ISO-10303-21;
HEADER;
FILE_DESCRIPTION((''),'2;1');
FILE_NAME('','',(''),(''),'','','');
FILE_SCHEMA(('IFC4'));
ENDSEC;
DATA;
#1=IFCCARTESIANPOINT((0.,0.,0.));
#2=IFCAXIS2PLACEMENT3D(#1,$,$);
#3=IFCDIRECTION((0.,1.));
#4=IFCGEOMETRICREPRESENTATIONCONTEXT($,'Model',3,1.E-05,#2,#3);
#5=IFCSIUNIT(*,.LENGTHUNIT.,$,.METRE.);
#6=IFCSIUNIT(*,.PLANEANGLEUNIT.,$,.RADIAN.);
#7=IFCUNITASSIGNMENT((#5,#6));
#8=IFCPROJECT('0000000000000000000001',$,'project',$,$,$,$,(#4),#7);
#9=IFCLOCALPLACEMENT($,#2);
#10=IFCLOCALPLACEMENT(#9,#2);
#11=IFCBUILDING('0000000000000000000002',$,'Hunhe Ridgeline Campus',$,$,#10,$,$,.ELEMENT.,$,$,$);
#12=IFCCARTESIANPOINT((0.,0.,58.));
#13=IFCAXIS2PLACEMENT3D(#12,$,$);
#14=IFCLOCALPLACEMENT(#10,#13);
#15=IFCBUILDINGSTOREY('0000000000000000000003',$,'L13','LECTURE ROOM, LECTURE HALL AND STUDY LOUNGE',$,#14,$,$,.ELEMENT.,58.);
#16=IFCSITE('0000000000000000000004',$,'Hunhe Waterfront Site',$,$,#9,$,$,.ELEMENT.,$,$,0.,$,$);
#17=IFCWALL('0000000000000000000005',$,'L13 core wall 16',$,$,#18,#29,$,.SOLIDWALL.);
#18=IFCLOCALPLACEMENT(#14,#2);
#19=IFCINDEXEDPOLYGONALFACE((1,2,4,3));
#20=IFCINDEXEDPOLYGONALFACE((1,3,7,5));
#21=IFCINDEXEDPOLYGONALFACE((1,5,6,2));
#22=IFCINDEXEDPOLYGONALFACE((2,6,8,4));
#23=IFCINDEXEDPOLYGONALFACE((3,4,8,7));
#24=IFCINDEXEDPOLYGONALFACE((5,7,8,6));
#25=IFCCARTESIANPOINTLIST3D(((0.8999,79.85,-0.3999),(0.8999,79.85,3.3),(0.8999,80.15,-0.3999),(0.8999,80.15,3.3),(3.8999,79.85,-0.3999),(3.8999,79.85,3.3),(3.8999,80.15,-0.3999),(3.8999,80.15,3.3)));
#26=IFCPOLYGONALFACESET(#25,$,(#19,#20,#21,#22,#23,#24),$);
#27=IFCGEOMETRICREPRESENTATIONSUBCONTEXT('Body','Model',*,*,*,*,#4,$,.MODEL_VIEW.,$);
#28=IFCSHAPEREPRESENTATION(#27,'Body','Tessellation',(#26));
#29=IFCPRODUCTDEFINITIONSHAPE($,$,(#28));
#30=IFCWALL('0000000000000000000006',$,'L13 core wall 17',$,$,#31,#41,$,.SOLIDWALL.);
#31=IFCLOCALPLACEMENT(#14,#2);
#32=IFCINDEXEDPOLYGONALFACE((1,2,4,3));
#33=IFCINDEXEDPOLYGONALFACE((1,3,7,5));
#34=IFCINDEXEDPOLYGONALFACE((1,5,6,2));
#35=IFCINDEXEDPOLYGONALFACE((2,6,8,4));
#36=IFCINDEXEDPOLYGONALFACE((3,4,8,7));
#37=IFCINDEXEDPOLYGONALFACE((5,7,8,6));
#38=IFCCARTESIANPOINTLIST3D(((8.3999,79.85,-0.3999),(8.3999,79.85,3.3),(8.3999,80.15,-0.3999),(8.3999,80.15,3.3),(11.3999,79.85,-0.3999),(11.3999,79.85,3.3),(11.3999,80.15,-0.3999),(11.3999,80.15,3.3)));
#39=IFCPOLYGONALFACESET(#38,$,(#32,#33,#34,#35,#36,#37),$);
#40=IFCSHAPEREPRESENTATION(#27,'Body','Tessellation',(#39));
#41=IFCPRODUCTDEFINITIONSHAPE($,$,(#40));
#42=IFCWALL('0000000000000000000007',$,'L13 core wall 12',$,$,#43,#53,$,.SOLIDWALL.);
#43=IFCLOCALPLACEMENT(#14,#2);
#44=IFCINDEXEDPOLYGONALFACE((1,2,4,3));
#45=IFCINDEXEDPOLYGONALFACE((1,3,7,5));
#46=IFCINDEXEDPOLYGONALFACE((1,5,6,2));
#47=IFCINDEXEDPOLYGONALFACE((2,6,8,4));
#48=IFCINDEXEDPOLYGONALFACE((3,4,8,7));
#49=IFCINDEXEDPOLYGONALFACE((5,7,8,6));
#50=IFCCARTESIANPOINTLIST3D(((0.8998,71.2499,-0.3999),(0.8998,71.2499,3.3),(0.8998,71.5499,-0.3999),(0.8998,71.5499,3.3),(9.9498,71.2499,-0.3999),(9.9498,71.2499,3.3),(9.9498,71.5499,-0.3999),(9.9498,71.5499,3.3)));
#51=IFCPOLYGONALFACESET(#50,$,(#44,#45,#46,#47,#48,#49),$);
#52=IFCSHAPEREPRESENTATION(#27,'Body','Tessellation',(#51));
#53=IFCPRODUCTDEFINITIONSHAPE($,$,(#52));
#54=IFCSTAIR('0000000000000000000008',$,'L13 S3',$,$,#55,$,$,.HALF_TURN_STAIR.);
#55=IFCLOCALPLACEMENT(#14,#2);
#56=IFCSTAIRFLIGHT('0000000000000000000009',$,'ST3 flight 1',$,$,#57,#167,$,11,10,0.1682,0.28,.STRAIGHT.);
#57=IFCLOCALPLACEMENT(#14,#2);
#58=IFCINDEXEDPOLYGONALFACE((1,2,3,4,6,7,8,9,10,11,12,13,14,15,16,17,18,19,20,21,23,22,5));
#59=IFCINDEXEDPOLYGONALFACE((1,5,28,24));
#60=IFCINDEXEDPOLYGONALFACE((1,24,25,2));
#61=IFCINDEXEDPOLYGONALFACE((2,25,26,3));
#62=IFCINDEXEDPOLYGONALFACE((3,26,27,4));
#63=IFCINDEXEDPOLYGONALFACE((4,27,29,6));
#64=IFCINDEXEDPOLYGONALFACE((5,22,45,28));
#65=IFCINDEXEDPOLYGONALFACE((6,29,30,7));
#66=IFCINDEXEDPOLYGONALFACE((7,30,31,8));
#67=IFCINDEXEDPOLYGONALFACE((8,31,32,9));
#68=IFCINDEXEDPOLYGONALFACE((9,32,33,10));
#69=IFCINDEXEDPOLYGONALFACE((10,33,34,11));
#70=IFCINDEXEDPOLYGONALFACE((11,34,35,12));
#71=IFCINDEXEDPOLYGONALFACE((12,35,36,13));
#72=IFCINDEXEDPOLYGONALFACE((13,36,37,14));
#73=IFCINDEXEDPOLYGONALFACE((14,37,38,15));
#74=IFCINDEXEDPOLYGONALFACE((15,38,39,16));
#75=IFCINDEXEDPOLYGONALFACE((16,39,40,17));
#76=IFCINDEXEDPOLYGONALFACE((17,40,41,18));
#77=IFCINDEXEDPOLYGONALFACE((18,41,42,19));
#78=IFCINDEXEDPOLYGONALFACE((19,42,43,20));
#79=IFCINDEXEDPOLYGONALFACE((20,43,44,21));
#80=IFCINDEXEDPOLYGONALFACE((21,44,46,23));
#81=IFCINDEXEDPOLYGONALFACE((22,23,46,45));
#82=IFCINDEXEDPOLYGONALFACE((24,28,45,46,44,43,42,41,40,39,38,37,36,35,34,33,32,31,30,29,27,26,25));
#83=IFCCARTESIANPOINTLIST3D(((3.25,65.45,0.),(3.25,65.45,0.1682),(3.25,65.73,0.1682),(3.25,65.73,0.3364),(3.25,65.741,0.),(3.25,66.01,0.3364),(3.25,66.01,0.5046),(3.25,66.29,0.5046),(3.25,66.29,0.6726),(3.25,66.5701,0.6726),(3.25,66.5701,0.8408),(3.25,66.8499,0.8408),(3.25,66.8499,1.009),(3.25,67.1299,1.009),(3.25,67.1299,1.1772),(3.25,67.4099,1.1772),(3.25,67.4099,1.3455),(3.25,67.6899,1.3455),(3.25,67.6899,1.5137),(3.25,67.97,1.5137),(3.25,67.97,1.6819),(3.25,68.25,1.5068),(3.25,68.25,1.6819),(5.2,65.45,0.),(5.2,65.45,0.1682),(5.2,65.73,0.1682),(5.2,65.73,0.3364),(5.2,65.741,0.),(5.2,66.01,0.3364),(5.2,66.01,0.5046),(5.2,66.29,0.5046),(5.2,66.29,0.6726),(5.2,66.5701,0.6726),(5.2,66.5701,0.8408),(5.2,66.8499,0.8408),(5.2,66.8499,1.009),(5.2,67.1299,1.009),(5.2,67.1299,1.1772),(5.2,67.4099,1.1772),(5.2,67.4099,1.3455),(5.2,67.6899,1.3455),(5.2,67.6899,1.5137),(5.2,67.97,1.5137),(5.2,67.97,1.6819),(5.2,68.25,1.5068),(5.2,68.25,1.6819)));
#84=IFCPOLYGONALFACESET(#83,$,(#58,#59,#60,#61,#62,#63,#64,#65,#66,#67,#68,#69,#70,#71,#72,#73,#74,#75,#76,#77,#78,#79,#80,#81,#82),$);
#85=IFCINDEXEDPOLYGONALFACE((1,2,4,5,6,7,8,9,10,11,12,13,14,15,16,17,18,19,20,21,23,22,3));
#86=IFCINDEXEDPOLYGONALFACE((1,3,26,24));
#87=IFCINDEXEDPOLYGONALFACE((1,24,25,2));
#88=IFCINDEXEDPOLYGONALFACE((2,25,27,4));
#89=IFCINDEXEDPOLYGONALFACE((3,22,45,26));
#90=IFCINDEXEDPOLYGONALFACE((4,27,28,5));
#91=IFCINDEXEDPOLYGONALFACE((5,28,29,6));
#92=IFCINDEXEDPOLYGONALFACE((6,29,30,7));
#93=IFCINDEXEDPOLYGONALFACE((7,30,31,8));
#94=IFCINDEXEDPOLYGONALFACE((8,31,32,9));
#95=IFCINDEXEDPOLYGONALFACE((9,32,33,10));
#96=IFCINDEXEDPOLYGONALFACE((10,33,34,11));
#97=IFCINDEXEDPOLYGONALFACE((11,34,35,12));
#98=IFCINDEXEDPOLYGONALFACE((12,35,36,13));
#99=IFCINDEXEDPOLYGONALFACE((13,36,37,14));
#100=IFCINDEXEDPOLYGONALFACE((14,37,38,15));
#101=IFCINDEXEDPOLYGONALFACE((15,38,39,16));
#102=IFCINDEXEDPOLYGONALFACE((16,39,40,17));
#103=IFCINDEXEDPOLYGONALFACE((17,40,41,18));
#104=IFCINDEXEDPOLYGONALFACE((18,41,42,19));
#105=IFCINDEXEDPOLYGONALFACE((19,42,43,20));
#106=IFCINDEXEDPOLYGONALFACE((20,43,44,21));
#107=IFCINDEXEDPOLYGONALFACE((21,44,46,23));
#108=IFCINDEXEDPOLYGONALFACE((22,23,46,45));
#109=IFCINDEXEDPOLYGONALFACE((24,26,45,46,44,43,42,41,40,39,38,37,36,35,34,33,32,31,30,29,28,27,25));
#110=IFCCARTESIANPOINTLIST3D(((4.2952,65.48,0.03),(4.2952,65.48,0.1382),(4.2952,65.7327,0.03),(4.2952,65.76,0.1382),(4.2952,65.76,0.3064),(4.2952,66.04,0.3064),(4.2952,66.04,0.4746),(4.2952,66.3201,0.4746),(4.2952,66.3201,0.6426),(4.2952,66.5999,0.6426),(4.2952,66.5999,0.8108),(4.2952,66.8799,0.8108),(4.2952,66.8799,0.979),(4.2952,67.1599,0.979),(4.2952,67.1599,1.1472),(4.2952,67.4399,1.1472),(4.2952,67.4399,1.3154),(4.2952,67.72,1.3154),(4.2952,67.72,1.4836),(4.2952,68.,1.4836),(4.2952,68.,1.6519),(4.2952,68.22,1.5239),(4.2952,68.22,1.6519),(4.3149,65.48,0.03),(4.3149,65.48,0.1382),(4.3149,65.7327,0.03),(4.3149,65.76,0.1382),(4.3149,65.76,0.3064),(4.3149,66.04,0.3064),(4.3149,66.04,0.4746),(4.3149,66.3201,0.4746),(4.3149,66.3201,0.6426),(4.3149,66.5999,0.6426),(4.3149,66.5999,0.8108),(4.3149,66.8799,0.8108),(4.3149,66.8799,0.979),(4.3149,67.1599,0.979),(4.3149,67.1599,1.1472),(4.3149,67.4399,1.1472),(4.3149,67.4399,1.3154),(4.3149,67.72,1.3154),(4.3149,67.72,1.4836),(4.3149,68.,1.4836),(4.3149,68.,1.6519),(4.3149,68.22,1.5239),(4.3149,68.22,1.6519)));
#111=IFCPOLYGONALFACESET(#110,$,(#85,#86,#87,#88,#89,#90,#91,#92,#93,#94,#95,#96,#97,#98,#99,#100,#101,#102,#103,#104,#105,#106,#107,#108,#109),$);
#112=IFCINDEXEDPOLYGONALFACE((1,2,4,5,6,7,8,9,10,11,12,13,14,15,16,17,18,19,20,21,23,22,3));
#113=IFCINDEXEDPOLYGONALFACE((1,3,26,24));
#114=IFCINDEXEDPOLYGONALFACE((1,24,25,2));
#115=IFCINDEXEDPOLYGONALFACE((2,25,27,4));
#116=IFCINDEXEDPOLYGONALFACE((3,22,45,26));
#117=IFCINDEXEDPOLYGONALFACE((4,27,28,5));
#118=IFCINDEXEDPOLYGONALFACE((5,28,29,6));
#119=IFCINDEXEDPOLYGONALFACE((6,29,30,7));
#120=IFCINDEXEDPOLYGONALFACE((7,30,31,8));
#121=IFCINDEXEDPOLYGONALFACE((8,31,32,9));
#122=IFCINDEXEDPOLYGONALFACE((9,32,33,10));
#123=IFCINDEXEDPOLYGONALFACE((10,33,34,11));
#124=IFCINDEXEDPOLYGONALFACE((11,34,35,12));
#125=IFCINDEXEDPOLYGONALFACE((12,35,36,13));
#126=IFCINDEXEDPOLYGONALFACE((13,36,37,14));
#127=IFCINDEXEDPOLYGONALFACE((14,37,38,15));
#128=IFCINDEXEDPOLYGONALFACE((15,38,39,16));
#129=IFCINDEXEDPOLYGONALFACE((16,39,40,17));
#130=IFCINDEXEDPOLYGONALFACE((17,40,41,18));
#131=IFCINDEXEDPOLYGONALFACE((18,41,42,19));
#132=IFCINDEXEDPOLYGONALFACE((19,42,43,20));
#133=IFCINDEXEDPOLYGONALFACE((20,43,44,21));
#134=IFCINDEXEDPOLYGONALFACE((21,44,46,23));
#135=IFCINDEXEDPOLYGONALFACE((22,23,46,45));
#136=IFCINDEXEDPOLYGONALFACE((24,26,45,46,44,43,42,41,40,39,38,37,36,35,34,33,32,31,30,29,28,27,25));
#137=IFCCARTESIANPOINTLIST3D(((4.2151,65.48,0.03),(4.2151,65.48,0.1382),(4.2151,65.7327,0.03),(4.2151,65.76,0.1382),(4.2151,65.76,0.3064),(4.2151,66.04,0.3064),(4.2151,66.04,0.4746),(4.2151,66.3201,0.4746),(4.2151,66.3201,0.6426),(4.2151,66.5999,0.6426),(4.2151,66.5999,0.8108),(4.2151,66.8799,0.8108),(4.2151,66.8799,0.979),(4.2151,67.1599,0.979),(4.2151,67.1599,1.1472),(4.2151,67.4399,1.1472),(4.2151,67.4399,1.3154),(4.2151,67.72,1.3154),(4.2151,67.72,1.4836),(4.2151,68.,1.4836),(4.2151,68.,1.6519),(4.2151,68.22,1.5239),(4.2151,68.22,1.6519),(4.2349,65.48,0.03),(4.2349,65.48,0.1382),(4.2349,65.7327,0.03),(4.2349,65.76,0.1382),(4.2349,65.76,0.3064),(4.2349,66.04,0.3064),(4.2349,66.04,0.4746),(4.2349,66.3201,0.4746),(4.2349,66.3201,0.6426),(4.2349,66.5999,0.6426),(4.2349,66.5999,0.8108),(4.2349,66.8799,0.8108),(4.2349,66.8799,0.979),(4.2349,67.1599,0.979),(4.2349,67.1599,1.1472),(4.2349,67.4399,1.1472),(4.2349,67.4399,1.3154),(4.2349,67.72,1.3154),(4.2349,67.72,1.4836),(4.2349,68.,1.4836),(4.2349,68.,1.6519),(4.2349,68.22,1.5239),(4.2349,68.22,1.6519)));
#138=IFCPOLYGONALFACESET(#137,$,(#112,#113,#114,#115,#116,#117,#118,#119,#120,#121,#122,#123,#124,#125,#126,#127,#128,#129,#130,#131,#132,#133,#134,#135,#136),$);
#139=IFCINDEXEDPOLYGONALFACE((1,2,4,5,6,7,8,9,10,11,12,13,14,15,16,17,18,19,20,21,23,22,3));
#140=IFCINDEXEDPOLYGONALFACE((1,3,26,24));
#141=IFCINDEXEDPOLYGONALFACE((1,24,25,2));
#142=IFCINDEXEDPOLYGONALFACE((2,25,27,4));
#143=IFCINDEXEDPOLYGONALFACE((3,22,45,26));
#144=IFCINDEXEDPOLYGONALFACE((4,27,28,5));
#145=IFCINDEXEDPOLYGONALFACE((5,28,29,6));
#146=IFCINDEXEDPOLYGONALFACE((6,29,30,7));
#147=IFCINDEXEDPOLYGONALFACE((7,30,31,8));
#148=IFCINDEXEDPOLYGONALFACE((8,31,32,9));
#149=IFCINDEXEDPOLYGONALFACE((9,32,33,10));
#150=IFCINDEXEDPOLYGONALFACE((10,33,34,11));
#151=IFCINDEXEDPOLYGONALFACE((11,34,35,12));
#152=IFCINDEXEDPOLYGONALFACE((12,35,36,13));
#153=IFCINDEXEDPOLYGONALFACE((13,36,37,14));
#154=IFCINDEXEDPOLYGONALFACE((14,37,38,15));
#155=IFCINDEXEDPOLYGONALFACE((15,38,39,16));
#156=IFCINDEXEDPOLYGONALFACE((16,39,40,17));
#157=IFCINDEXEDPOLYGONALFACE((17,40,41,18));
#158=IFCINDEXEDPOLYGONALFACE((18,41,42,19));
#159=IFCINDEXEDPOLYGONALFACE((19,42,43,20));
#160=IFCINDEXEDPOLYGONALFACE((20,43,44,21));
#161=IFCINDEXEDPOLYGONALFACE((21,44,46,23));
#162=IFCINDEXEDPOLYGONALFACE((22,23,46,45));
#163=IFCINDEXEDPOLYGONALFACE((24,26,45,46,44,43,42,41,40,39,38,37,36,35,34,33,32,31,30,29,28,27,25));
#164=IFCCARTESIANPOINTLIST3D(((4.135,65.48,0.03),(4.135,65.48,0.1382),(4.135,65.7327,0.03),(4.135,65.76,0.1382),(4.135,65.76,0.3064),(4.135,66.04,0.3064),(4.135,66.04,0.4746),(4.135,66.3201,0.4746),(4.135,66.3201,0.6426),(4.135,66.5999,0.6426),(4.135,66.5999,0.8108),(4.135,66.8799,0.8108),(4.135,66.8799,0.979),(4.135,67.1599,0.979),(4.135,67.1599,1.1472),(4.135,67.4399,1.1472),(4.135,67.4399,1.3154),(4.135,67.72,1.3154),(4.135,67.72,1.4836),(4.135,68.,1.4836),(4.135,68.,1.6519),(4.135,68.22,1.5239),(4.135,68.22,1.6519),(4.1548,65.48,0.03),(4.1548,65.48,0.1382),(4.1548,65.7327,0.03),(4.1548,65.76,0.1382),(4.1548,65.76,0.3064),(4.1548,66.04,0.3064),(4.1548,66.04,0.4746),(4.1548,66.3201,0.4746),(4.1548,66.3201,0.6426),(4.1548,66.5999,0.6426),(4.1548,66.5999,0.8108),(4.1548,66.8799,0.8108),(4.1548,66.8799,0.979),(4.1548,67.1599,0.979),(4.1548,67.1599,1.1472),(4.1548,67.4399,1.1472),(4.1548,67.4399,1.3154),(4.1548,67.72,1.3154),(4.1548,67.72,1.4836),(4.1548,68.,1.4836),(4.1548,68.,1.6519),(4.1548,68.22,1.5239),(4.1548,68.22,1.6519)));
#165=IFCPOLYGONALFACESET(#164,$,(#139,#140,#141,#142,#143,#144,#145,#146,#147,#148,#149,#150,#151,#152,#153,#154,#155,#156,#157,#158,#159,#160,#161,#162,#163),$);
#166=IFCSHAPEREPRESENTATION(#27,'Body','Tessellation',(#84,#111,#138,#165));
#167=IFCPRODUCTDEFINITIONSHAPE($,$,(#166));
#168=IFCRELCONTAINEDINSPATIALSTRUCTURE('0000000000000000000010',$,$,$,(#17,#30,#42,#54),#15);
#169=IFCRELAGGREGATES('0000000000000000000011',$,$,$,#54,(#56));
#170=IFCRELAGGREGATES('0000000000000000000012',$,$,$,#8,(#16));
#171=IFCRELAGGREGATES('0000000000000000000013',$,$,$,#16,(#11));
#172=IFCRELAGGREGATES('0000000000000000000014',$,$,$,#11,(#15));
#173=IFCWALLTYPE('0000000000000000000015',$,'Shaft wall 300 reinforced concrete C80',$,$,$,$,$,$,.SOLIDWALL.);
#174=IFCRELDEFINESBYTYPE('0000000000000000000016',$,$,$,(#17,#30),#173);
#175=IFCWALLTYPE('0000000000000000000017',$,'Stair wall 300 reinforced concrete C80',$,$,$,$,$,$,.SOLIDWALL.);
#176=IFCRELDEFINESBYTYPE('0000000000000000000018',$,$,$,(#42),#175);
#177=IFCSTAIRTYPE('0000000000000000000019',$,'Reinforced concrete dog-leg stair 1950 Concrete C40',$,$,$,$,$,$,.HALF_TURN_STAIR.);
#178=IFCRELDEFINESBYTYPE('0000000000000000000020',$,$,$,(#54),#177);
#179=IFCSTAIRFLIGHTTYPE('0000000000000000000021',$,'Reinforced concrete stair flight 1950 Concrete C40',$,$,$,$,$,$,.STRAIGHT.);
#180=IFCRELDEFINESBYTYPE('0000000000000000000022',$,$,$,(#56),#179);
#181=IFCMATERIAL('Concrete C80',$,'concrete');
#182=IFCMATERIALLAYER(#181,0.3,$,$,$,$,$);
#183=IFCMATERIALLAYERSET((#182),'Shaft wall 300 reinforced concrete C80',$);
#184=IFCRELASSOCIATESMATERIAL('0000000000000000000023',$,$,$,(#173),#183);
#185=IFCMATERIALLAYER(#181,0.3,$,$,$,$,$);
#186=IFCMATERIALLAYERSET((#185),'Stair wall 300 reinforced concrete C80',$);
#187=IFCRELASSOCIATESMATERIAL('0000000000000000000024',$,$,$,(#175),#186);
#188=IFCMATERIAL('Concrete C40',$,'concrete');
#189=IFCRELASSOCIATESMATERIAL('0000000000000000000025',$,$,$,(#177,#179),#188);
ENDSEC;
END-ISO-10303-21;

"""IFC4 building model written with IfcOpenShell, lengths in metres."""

from ifc_helpers import new_model, si_unit, direction, frame, frame_2d, origin, place, context, subcontext, project, spatial, polyline, rectangle, outline, extrude, material, layer, layer_set, type_object, element, aggregate, save


model = new_model("IFC4")

# Units and contexts
model_context = context("Model", 3, precision=1e-05, world=origin(), true_north=direction((0.0, 1.0)))
body_context = subcontext(model_context, "Body", "Model", "MODEL_VIEW")
ifc_project = project(units=[si_unit("LENGTHUNIT", "METRE"), si_unit("PLANEANGLEUNIT", "RADIAN")], contexts=[model_context])

# Site, building, storey
site_placement = place(None, origin())
site = spatial("IfcSite", under=ifc_project, at=site_placement, Name="Hunhe Waterfront Site", CompositionType="ELEMENT", RefElevation=0.0)
building_placement = place(site_placement, origin())
building = spatial("IfcBuilding", under=site, at=building_placement, Name="Hunhe Ridgeline Campus", CompositionType="ELEMENT")
storey_placement = place(building_placement, frame((0.0, 0.0, 58.0)))
storey = spatial("IfcBuildingStorey", under=building, at=storey_placement, Name="L13", Description="LECTURE ROOM, LECTURE HALL AND STUDY LOUNGE", CompositionType="ELEMENT", Elevation=58.0)

# Shared definitions
ifc_material_1 = material(Name="Concrete C80", Category="concrete")
ifc_layer_1 = layer(ifc_material_1, 0.3)
ifc_layer_set_1 = layer_set([ifc_layer_1], Name="Shaft wall 300 reinforced concrete C80")
wall_type_1 = type_object("IfcWallType", Name="Shaft wall 300 reinforced concrete C80", PredefinedType="SOLIDWALL", material=ifc_layer_set_1)

# Walls
for number, where, z_axis, x_axis, name in (
    (1, (0.8999, 80.0, -0.3999), (0.0, 0.0, 1.0), (1.0, 0.0, 0.0), "L13 core wall 16"),
    (2, (8.3999, 80.0, -0.3999), (0.0, 0.0, 1.0), (1.0, 0.0, 0.0), "L13 core wall 17"),
):
    element("IfcWall", number, at=place(storey_placement, frame(where, z_axis=z_axis, x_axis=x_axis)), inside=storey, type_object=wall_type_1, Name=name, PredefinedType="SOLIDWALL", context=body_context, shape_type="SweptSolid", body=[
        extrude(rectangle(XDim=3.0, YDim=0.3, at=frame_2d((1.5, 0.0))), origin(), (0.0, 0.0, 1.0), 3.7),
    ])

# Wall
ifc_layer_2 = layer(ifc_material_1, 0.3)
ifc_layer_set_2 = layer_set([ifc_layer_2], Name="Stair wall 300 reinforced concrete C80")
wall_type_2 = type_object("IfcWallType", Name="Stair wall 300 reinforced concrete C80", PredefinedType="SOLIDWALL", material=ifc_layer_set_2)
wall_1_placement = place(storey_placement, frame((0.8999, 71.3999, -0.3999), z_axis=(0.0, 0.0, 1.0), x_axis=(1.0, 0.0, 0.0)))
element("IfcWall", 3, at=wall_1_placement, inside=storey, type_object=wall_type_2, Name="L13 core wall 12", PredefinedType="SOLIDWALL", context=body_context, shape_type="SweptSolid", body=[
    extrude(rectangle(XDim=9.05, YDim=0.3, at=frame_2d((4.5249, 0.0))), origin(), (0.0, 0.0, 1.0), 3.7),
])

# Stair, stair flight
ifc_material_2 = material(Name="Concrete C40", Category="concrete")
stair_type = type_object("IfcStairType", Name="Reinforced concrete dog-leg stair 1950 Concrete C40", PredefinedType="HALF_TURN_STAIR", material=ifc_material_2)
stair_1_placement = place(storey_placement, origin())
stair_1 = element("IfcStair", 4, at=stair_1_placement, inside=storey, type_object=stair_type, Name="L13 S3", PredefinedType="HALF_TURN_STAIR")
stair_flight_type = type_object("IfcStairFlightType", Name="Reinforced concrete stair flight 1950 Concrete C40", PredefinedType="STRAIGHT", material=ifc_material_2)
stair_flight_1_placement = place(storey_placement, frame((4.2251, 65.45, 0.0), z_axis=(0.0, 0.0, 1.0), x_axis=(0.0, 1.0, 0.0)))
stair_flight_1 = element("IfcStairFlight", 5, at=stair_flight_1_placement, type_object=stair_flight_type, Name="ST3 flight 1", NumberOfRisers=11, NumberOfTreads=10, PredefinedType="STRAIGHT", RiserHeight=0.1682, TreadLength=0.28, context=body_context, shape_type="SweptSolid", body=[
    extrude(outline(polyline([(0.0, 0.0), (0.0, 0.1682), (0.28, 0.1682), (0.28, 0.3364), (0.5601, 0.3364), (0.5601, 0.5046), (0.8401, 0.5046), (0.8401, 0.6726), (1.1201, 0.6726), (1.1201, 0.8408), (1.3999, 0.8408), (1.3999, 1.009), (1.6799, 1.009), (1.6799, 1.1772), (1.96, 1.1772), (1.96, 1.3455), (2.24, 1.3455), (2.24, 1.5137), (2.52, 1.5137), (2.52, 1.6819), (2.8, 1.6819), (2.8, 1.8501), (2.8, 1.5068), (0.291, 0.0), (0.0, 0.0)])), frame((0.0, 0.9751, 0.0), z_axis=(0.0, -1.0, 0.0), x_axis=(1.0, 0.0, 0.0)), (0.0, 0.0, 1.0), 1.95),
    extrude(outline(polyline([(0.03, 0.03), (0.03, 0.1382), (0.3101, 0.1382), (0.3101, 0.3064), (0.5901, 0.3064), (0.5901, 0.4746), (0.8701, 0.4746), (0.8701, 0.6426), (1.1499, 0.6426), (1.1499, 0.8108), (1.4299, 0.8108), (1.4299, 0.979), (1.71, 0.979), (1.71, 1.1472), (1.99, 1.1472), (1.99, 1.3154), (2.27, 1.3154), (2.27, 1.4836), (2.55, 1.4836), (2.55, 1.6519), (2.77, 1.6519), (2.77, 1.5239), (0.2827, 0.03), (0.03, 0.03)])), frame((0.0, -0.0701, 0.0), z_axis=(0.0, -1.0, 0.0), x_axis=(1.0, 0.0, 0.0)), (0.0, 0.0, 1.0), 0.0198),
    extrude(outline(polyline([(0.03, 0.03), (0.03, 0.1382), (0.3101, 0.1382), (0.3101, 0.3064), (0.5901, 0.3064), (0.5901, 0.4746), (0.8701, 0.4746), (0.8701, 0.6426), (1.1499, 0.6426), (1.1499, 0.8108), (1.4299, 0.8108), (1.4299, 0.979), (1.71, 0.979), (1.71, 1.1472), (1.99, 1.1472), (1.99, 1.3154), (2.27, 1.3154), (2.27, 1.4836), (2.55, 1.4836), (2.55, 1.6519), (2.77, 1.6519), (2.77, 1.5239), (0.2827, 0.03), (0.03, 0.03)])), frame((0.0, 0.01, 0.0), z_axis=(0.0, -1.0, 0.0), x_axis=(1.0, 0.0, 0.0)), (0.0, 0.0, 1.0), 0.0198),
    extrude(outline(polyline([(0.03, 0.03), (0.03, 0.1382), (0.3101, 0.1382), (0.3101, 0.3064), (0.5901, 0.3064), (0.5901, 0.4746), (0.8701, 0.4746), (0.8701, 0.6426), (1.1499, 0.6426), (1.1499, 0.8108), (1.4299, 0.8108), (1.4299, 0.979), (1.71, 0.979), (1.71, 1.1472), (1.99, 1.1472), (1.99, 1.3154), (2.27, 1.3154), (2.27, 1.4836), (2.55, 1.4836), (2.55, 1.6519), (2.77, 1.6519), (2.77, 1.5239), (0.2827, 0.03), (0.03, 0.03)])), frame((0.0, 0.0901, 0.0), z_axis=(0.0, -1.0, 0.0), x_axis=(1.0, 0.0, 0.0)), (0.0, 0.0, 1.0), 0.0198),
])
aggregate(stair_1, [stair_flight_1])

save(model, "model.ifc")
